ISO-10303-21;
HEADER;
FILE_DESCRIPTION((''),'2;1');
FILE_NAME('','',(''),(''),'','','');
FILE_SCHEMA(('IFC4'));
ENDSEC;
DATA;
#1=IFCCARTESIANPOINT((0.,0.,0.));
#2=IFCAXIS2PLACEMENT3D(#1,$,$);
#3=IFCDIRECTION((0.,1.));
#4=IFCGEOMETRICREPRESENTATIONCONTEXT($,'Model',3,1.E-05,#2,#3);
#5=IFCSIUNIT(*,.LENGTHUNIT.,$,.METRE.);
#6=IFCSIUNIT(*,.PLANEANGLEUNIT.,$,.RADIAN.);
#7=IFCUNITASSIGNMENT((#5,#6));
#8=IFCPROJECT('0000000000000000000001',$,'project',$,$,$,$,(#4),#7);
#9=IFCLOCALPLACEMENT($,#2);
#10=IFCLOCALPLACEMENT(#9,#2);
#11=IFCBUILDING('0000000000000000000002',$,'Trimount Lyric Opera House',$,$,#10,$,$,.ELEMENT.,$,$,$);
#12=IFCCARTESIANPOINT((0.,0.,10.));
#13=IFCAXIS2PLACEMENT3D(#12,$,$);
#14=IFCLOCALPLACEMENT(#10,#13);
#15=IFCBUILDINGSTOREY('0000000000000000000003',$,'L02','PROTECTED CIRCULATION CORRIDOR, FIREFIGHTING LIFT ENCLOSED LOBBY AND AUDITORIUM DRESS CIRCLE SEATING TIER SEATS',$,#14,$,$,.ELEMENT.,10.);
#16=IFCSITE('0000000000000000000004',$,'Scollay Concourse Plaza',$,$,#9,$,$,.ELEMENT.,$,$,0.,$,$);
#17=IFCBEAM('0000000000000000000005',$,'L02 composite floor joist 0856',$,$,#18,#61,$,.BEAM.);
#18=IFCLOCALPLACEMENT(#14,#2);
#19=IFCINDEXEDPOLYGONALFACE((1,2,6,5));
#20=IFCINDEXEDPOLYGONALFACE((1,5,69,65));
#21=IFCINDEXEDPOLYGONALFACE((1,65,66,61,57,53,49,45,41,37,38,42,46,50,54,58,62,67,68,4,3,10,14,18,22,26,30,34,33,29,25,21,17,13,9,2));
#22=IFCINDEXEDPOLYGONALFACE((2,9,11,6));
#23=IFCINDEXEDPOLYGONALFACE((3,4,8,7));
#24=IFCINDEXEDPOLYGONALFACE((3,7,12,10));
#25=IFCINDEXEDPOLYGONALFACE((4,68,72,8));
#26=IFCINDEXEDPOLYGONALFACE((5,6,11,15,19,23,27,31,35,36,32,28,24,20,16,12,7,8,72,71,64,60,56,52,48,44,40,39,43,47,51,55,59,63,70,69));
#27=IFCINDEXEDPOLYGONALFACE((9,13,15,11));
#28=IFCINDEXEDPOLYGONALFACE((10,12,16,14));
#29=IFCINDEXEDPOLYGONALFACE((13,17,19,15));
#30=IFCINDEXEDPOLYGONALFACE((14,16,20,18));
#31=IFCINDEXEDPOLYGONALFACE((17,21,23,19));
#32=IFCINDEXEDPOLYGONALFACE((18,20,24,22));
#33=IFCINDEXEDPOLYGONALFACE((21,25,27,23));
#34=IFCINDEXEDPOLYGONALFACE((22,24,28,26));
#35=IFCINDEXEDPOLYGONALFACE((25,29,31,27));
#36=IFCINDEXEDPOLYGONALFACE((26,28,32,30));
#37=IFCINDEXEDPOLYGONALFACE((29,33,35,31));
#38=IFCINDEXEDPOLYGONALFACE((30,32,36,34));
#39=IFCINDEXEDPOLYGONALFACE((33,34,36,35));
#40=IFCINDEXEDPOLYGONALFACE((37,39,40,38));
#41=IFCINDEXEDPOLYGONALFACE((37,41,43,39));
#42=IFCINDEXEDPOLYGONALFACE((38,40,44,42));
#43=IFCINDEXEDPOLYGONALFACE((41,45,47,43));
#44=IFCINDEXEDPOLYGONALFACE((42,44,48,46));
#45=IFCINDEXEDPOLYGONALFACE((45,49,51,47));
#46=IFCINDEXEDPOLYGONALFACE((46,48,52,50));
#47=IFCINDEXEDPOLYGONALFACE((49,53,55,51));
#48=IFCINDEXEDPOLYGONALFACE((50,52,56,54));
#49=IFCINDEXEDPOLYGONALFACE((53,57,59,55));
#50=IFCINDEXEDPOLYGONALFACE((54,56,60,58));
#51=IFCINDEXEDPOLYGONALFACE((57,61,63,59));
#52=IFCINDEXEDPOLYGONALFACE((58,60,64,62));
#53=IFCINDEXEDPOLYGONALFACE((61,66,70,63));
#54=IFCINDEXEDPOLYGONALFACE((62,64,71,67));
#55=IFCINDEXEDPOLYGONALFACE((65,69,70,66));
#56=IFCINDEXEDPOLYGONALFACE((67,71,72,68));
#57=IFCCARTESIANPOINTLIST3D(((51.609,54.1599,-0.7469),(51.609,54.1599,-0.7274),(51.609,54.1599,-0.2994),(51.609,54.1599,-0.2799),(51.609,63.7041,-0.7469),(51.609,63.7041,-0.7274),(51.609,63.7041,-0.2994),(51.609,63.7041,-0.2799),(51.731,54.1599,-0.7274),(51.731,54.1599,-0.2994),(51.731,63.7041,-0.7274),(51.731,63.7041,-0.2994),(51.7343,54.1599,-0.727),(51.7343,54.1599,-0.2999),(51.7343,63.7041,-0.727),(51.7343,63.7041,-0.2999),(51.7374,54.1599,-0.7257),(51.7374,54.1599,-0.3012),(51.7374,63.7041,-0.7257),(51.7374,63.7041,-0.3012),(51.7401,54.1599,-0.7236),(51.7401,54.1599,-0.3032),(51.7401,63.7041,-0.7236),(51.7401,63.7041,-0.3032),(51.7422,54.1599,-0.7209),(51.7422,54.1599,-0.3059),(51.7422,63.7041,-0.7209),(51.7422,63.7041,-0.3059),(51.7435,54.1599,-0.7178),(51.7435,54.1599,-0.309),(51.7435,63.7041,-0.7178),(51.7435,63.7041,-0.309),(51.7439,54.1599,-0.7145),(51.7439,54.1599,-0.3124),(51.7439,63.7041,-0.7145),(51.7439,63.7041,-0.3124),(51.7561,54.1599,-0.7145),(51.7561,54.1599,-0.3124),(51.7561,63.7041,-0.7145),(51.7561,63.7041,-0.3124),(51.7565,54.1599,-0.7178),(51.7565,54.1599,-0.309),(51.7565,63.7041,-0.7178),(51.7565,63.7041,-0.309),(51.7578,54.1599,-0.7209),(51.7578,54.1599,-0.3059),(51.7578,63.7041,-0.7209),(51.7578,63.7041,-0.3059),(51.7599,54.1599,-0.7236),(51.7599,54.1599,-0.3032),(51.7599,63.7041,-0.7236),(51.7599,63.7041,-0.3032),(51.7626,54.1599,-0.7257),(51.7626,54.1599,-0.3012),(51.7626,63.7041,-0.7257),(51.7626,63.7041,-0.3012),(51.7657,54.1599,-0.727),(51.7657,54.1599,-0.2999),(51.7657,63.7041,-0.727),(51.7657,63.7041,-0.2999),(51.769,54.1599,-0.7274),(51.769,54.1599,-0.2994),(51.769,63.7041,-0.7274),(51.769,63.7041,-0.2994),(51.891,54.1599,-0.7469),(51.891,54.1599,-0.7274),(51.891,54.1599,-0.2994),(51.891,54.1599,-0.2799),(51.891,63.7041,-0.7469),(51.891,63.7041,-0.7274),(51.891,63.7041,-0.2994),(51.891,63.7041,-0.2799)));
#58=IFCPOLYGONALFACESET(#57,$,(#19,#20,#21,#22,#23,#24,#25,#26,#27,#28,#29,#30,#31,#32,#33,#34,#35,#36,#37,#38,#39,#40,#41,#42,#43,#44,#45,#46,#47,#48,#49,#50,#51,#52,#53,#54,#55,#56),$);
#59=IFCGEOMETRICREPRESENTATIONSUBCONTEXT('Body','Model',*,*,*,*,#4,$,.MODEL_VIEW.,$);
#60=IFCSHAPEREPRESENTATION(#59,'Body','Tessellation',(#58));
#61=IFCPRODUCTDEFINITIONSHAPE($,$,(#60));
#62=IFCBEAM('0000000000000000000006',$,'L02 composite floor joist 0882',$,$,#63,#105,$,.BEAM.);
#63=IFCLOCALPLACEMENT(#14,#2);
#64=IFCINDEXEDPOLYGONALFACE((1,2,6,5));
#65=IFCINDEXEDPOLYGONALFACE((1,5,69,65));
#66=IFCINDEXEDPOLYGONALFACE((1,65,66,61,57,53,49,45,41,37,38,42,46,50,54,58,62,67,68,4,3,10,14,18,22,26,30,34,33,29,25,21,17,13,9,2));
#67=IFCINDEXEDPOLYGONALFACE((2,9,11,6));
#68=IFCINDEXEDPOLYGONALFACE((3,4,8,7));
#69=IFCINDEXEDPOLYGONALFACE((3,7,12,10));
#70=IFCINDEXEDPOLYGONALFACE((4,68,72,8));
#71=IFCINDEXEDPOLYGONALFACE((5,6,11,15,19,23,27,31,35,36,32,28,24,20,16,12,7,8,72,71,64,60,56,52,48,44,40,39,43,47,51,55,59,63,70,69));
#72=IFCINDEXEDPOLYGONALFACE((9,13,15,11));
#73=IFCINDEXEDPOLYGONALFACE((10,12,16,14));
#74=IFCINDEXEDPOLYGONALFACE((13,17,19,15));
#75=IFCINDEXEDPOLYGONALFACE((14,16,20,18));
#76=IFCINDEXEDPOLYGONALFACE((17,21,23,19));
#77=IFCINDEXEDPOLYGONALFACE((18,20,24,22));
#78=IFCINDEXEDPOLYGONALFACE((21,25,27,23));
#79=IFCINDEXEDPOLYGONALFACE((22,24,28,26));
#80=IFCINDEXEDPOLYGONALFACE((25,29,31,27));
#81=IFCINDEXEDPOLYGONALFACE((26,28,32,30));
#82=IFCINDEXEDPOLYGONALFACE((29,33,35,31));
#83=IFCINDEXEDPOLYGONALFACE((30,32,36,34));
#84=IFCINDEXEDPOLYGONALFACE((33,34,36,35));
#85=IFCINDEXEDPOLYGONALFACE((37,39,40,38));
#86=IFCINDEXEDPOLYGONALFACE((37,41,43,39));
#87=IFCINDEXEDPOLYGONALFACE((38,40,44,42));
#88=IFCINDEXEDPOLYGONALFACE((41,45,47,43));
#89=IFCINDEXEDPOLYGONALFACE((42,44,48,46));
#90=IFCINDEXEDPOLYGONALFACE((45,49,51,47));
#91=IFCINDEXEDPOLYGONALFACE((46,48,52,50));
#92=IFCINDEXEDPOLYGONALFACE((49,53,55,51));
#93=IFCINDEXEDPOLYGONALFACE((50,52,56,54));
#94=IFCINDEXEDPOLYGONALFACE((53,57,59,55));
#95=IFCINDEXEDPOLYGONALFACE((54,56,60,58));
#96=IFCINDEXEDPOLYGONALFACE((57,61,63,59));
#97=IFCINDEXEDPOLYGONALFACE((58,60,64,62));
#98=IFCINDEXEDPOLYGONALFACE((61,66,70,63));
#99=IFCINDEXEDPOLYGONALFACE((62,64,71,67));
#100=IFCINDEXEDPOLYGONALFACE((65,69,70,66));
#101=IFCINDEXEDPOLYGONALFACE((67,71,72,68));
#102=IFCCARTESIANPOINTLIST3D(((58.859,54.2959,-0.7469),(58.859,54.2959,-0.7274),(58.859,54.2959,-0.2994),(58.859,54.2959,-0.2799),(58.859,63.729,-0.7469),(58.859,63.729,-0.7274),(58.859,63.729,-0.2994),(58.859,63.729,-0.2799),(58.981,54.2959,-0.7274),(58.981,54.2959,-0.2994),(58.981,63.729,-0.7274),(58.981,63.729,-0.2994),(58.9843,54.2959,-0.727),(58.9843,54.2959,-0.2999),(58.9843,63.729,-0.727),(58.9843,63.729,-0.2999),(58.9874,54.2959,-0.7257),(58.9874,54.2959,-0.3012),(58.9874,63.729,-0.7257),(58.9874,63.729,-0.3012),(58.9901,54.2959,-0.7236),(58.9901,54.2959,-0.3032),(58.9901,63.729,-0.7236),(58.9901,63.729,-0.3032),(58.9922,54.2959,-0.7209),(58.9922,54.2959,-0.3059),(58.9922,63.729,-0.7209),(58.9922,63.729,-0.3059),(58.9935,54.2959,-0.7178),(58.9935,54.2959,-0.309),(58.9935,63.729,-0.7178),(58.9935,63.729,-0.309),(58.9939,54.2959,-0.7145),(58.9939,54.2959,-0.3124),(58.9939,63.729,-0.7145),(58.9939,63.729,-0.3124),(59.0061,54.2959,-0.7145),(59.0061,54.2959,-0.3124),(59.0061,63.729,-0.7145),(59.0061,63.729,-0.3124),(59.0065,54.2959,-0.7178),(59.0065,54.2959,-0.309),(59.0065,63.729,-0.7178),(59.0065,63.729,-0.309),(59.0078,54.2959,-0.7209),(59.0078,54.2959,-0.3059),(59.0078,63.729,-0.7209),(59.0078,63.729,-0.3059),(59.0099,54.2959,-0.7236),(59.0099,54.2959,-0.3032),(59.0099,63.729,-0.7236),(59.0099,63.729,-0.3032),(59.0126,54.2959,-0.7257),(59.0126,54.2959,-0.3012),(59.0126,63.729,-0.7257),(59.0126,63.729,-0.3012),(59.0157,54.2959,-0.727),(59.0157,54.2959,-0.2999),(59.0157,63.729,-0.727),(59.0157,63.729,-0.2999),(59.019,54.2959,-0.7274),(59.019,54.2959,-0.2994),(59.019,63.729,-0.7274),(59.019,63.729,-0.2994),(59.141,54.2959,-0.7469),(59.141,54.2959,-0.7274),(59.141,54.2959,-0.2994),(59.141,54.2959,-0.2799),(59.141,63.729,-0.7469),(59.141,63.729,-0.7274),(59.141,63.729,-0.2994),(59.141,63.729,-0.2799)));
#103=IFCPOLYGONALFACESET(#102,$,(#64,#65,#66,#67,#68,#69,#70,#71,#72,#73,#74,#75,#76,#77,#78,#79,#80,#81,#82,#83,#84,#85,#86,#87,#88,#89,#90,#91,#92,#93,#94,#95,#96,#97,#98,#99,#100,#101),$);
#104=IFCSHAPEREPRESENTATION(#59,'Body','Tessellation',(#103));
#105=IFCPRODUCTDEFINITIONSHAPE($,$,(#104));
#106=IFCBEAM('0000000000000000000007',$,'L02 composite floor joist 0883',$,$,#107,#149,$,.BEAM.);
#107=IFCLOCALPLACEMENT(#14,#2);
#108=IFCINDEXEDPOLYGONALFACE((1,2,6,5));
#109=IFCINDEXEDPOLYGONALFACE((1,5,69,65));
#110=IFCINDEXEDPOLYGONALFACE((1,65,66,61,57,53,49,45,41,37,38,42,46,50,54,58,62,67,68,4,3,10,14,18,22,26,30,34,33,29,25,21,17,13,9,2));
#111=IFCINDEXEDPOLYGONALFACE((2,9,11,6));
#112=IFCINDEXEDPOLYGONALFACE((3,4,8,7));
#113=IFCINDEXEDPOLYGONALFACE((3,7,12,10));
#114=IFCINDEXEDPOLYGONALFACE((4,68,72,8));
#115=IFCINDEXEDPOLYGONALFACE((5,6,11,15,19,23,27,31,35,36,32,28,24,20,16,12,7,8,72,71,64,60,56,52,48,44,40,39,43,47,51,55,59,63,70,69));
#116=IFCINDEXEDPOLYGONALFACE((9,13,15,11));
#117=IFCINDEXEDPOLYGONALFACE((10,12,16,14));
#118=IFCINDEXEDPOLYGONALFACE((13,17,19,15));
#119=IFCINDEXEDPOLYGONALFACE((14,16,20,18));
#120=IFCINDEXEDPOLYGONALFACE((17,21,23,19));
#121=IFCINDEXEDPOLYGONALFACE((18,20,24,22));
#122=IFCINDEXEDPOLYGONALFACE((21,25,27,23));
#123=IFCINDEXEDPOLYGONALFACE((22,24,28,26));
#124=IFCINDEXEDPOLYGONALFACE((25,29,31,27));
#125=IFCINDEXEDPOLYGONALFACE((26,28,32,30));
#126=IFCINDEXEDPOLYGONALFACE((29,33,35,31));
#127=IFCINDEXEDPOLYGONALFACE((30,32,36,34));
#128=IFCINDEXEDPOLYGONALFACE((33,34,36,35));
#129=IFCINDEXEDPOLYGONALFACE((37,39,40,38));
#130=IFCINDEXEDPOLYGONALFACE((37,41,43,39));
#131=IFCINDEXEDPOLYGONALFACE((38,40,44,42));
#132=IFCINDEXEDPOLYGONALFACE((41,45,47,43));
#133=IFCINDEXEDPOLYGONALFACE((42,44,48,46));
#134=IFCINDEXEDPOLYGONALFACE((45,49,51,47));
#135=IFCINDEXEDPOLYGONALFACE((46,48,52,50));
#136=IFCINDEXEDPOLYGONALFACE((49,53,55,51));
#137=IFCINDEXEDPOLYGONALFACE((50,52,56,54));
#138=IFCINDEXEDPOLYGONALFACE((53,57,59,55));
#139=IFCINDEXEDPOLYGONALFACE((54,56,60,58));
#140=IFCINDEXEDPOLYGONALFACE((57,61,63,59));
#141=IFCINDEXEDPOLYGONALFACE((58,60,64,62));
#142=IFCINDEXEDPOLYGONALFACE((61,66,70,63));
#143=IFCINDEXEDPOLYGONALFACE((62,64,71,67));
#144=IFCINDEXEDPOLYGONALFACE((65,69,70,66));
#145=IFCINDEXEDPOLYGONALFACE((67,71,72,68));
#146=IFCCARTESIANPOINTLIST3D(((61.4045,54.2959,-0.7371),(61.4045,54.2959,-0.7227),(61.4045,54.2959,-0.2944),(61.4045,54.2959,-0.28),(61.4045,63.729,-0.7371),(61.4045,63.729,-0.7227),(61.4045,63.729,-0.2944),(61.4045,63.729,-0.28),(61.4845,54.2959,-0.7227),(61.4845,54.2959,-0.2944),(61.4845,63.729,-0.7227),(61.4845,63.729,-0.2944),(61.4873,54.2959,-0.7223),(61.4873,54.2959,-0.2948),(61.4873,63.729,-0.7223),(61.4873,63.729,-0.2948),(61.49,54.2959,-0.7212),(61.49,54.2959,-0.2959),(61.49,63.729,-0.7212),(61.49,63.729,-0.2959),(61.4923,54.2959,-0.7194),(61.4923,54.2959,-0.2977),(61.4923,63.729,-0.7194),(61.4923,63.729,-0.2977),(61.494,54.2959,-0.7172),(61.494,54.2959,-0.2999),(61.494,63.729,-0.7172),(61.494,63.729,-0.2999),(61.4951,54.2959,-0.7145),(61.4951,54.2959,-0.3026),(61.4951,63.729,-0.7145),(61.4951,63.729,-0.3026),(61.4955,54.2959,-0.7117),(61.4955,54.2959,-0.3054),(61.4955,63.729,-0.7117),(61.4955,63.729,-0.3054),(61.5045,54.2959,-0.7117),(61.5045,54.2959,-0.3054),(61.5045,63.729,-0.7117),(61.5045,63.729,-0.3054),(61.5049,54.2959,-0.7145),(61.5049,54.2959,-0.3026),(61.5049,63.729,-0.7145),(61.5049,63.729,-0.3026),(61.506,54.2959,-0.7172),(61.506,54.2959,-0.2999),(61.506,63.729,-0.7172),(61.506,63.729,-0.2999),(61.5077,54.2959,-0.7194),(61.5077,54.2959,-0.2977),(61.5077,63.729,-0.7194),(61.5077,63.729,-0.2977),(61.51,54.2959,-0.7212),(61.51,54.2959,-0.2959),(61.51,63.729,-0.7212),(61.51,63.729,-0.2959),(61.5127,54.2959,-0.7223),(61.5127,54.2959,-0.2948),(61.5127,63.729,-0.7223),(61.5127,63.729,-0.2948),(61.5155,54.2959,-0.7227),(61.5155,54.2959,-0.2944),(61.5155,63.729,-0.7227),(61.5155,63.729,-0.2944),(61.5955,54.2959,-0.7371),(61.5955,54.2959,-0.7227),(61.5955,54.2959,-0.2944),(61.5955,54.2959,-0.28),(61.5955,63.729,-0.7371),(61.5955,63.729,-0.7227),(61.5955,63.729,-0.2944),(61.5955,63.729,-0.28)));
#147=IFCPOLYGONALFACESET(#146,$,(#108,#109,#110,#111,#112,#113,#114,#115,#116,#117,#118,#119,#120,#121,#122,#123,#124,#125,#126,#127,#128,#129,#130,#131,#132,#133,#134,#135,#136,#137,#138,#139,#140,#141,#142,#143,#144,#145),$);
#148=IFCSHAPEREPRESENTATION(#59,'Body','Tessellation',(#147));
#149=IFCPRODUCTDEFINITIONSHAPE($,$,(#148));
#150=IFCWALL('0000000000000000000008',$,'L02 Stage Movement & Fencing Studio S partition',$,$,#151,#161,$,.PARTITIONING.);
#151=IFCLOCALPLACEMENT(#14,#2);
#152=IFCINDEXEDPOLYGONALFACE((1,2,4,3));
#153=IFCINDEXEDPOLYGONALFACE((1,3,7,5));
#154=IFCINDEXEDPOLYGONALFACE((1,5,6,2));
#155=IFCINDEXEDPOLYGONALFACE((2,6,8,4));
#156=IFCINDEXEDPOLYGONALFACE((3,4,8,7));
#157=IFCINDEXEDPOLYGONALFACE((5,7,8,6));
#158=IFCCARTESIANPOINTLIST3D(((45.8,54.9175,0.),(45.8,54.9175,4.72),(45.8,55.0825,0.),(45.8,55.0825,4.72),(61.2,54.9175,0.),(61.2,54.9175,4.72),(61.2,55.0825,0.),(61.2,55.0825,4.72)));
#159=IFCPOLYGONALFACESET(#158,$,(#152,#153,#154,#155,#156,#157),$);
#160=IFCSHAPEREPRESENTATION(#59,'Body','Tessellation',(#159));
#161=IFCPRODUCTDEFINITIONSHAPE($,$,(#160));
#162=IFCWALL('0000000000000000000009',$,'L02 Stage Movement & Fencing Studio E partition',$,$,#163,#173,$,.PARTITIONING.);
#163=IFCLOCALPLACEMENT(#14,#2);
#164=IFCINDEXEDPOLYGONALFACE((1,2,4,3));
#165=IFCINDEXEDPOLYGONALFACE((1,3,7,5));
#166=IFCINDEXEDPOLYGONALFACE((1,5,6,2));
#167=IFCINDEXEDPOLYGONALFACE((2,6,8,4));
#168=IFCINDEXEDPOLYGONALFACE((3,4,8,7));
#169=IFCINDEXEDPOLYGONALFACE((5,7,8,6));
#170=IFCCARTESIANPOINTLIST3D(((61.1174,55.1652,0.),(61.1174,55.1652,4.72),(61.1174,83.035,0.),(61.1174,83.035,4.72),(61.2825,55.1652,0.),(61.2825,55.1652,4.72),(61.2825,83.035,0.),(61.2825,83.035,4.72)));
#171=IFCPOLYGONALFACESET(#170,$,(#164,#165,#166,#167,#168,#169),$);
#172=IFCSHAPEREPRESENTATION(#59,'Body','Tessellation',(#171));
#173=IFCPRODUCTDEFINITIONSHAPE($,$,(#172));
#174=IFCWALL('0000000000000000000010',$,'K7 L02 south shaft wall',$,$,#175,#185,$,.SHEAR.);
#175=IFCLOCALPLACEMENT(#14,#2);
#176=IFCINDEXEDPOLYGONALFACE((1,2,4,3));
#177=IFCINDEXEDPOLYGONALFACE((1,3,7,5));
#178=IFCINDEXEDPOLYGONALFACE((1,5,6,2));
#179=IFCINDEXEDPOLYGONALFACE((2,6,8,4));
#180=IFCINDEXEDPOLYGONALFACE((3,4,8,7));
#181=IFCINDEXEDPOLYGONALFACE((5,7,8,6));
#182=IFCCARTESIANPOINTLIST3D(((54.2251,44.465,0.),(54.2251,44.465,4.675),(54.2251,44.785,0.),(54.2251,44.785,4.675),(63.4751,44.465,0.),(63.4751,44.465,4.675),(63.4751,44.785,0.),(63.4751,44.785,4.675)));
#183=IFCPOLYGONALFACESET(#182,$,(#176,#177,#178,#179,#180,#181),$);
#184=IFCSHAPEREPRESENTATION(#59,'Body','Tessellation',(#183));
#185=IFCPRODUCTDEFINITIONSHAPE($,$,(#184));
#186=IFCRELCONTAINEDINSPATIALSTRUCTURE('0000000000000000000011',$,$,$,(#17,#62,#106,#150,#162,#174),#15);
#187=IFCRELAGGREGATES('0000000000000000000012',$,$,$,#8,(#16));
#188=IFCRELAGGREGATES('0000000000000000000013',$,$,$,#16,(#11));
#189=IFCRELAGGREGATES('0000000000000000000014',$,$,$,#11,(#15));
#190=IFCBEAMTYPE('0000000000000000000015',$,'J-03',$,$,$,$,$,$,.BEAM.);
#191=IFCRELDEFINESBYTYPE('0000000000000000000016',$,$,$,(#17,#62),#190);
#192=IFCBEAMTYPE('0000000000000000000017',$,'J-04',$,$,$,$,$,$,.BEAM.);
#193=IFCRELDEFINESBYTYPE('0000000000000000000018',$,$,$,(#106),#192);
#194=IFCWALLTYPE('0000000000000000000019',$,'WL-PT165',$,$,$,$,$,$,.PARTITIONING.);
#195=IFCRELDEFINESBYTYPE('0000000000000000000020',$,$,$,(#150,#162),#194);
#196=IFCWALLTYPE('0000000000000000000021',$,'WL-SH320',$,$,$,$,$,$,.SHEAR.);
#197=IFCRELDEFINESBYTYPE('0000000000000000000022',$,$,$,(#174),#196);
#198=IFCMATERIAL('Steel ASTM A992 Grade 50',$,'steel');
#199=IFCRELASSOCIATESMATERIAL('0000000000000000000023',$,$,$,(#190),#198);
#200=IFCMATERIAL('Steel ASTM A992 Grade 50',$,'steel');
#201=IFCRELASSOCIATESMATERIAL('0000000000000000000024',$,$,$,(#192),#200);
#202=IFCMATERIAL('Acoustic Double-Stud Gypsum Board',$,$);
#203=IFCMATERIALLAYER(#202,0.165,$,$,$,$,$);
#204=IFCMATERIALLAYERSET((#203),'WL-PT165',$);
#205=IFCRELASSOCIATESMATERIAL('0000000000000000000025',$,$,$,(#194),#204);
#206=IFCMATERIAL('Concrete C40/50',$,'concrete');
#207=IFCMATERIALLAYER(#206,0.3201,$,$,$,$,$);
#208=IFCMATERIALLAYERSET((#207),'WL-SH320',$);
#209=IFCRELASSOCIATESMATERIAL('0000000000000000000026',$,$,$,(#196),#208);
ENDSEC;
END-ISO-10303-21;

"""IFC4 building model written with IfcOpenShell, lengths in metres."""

from ifc_helpers import new_model, si_unit, direction, frame, frame_2d, origin, origin_2d, place, context, subcontext, project, spatial, rectangle, i_section, extrude, material, layer, layer_set, material_profile, profile_set, type_object, element, save


model = new_model("IFC4")

# Units and contexts
model_context = context("Model", 3, precision=1e-05, world=origin(), true_north=direction((0.0, 1.0)))
body_context = subcontext(model_context, "Body", "Model", "MODEL_VIEW")
ifc_project = project(units=[si_unit("LENGTHUNIT", "METRE"), si_unit("PLANEANGLEUNIT", "RADIAN")], contexts=[model_context])

# Site, building, storey
site_placement = place(None, origin())
site = spatial("IfcSite", under=ifc_project, at=site_placement, Name="Scollay Concourse Plaza", CompositionType="ELEMENT", RefElevation=0.0)
building_placement = place(site_placement, origin())
building = spatial("IfcBuilding", under=site, at=building_placement, Name="Trimount Lyric Opera House", CompositionType="ELEMENT")
storey_placement = place(building_placement, frame((0.0, 0.0, 10.0)))
storey = spatial("IfcBuildingStorey", under=building, at=storey_placement, Name="L02", Description="PROTECTED CIRCULATION CORRIDOR, FIREFIGHTING LIFT ENCLOSED LOBBY AND AUDITORIUM DRESS CIRCLE SEATING TIER SEATS", CompositionType="ELEMENT", Elevation=10.0)

# Beams
ifc_material_1 = material(Name="Steel ASTM A992 Grade 50", Category="steel")
ifc_material_profile_1 = material_profile(ifc_material_1, i_section(OverallWidth=0.282, OverallDepth=0.467, WebThickness=0.0122, FlangeThickness=0.0195, FilletRadius=0.0129, at=origin_2d()), Name="W18X86")
ifc_profile_set_1 = profile_set([ifc_material_profile_1], Name="Steel ASTM A992 Grade 50")
beam_type_1 = type_object("IfcBeamType", Name="J-03", PredefinedType="BEAM", material=ifc_profile_set_1)
beam_1_placement = place(storey_placement, frame((51.75, 54.1599, -0.5134), z_axis=(0.0, 1.0, 0.0), x_axis=(-1.0, 0.0, 0.0)))
element("IfcBeam", 1, at=beam_1_placement, inside=storey, type_object=beam_type_1, Name="L02 composite floor joist 0856", PredefinedType="BEAM", context=body_context, shape_type="SweptSolid", body=[
    extrude(i_section(OverallWidth=0.282, OverallDepth=0.467, WebThickness=0.0122, FlangeThickness=0.0195, FilletRadius=0.0129, at=origin_2d()), origin(), (0.0, 0.0, 1.0), 9.5442),
])
beam_2_placement = place(storey_placement, frame((59.0, 54.2959, -0.5134), z_axis=(0.0, 1.0, 0.0), x_axis=(-1.0, 0.0, 0.0)))
element("IfcBeam", 2, at=beam_2_placement, inside=storey, type_object=beam_type_1, Name="L02 composite floor joist 0882", PredefinedType="BEAM", context=body_context, shape_type="SweptSolid", body=[
    extrude(i_section(OverallWidth=0.282, OverallDepth=0.467, WebThickness=0.0122, FlangeThickness=0.0195, FilletRadius=0.0129, at=origin_2d()), origin(), (0.0, 0.0, 1.0), 9.4331),
])
ifc_material_2 = material(Name="Steel ASTM A992 Grade 50", Category="steel")
ifc_material_profile_2 = material_profile(ifc_material_2, i_section(OverallWidth=0.1909, OverallDepth=0.457, WebThickness=0.009, FlangeThickness=0.0144, FilletRadius=0.011, at=origin_2d()), Name="W18X50")
ifc_profile_set_2 = profile_set([ifc_material_profile_2], Name="Steel ASTM A992 Grade 50")
beam_type_2 = type_object("IfcBeamType", Name="J-04", PredefinedType="BEAM", material=ifc_profile_set_2)
beam_3_placement = place(storey_placement, frame((61.5, 54.2959, -0.5085), z_axis=(0.0, 1.0, 0.0), x_axis=(-1.0, 0.0, 0.0)))
element("IfcBeam", 3, at=beam_3_placement, inside=storey, type_object=beam_type_2, Name="L02 composite floor joist 0883", PredefinedType="BEAM", context=body_context, shape_type="SweptSolid", body=[
    extrude(i_section(OverallWidth=0.1909, OverallDepth=0.457, WebThickness=0.009, FlangeThickness=0.0144, FilletRadius=0.011, at=origin_2d()), origin(), (0.0, 0.0, 1.0), 9.4331),
])

# Walls
ifc_material_3 = material(Name="Acoustic Double-Stud Gypsum Board")
ifc_layer_1 = layer(ifc_material_3, 0.165)
ifc_layer_set_1 = layer_set([ifc_layer_1], Name="WL-PT165")
wall_type_1 = type_object("IfcWallType", Name="WL-PT165", PredefinedType="PARTITIONING", material=ifc_layer_set_1)
wall_1_placement = place(storey_placement, frame((45.8, 55.0, 0.0), z_axis=(0.0, 0.0, 1.0), x_axis=(1.0, 0.0, 0.0)))
element("IfcWall", 4, at=wall_1_placement, inside=storey, type_object=wall_type_1, Name="L02 Stage Movement & Fencing Studio S partition", PredefinedType="PARTITIONING", context=body_context, shape_type="SweptSolid", body=[
    extrude(rectangle(XDim=15.3999, YDim=0.165, at=frame_2d((7.7, 0.0))), origin(), (0.0, 0.0, 1.0), 4.72),
])
wall_2_placement = place(storey_placement, frame((61.2, 55.165, 0.0), z_axis=(0.0, 0.0, 1.0), x_axis=(0.0, 1.0, 0.0)))
element("IfcWall", 5, at=wall_2_placement, inside=storey, type_object=wall_type_1, Name="L02 Stage Movement & Fencing Studio E partition", PredefinedType="PARTITIONING", context=body_context, shape_type="SweptSolid", body=[
    extrude(rectangle(XDim=27.8699, YDim=0.165, at=frame_2d((13.9351, 0.0))), origin(), (0.0, 0.0, 1.0), 4.72),
])
ifc_material_4 = material(Name="Concrete C40/50", Category="concrete")
ifc_layer_2 = layer(ifc_material_4, 0.3201)
ifc_layer_set_2 = layer_set([ifc_layer_2], Name="WL-SH320")
wall_type_2 = type_object("IfcWallType", Name="WL-SH320", PredefinedType="SHEAR", material=ifc_layer_set_2)
wall_3_placement = place(storey_placement, frame((54.2251, 44.625, 0.0), z_axis=(0.0, 0.0, 1.0), x_axis=(1.0, 0.0, 0.0)))
element("IfcWall", 6, at=wall_3_placement, inside=storey, type_object=wall_type_2, Name="K7 L02 south shaft wall", PredefinedType="SHEAR", context=body_context, shape_type="SweptSolid", body=[
    extrude(rectangle(XDim=9.25, YDim=0.3201, at=frame_2d((4.625, 0.0))), origin(), (0.0, 0.0, 1.0), 4.675),
])

save(model, "model.ifc")
